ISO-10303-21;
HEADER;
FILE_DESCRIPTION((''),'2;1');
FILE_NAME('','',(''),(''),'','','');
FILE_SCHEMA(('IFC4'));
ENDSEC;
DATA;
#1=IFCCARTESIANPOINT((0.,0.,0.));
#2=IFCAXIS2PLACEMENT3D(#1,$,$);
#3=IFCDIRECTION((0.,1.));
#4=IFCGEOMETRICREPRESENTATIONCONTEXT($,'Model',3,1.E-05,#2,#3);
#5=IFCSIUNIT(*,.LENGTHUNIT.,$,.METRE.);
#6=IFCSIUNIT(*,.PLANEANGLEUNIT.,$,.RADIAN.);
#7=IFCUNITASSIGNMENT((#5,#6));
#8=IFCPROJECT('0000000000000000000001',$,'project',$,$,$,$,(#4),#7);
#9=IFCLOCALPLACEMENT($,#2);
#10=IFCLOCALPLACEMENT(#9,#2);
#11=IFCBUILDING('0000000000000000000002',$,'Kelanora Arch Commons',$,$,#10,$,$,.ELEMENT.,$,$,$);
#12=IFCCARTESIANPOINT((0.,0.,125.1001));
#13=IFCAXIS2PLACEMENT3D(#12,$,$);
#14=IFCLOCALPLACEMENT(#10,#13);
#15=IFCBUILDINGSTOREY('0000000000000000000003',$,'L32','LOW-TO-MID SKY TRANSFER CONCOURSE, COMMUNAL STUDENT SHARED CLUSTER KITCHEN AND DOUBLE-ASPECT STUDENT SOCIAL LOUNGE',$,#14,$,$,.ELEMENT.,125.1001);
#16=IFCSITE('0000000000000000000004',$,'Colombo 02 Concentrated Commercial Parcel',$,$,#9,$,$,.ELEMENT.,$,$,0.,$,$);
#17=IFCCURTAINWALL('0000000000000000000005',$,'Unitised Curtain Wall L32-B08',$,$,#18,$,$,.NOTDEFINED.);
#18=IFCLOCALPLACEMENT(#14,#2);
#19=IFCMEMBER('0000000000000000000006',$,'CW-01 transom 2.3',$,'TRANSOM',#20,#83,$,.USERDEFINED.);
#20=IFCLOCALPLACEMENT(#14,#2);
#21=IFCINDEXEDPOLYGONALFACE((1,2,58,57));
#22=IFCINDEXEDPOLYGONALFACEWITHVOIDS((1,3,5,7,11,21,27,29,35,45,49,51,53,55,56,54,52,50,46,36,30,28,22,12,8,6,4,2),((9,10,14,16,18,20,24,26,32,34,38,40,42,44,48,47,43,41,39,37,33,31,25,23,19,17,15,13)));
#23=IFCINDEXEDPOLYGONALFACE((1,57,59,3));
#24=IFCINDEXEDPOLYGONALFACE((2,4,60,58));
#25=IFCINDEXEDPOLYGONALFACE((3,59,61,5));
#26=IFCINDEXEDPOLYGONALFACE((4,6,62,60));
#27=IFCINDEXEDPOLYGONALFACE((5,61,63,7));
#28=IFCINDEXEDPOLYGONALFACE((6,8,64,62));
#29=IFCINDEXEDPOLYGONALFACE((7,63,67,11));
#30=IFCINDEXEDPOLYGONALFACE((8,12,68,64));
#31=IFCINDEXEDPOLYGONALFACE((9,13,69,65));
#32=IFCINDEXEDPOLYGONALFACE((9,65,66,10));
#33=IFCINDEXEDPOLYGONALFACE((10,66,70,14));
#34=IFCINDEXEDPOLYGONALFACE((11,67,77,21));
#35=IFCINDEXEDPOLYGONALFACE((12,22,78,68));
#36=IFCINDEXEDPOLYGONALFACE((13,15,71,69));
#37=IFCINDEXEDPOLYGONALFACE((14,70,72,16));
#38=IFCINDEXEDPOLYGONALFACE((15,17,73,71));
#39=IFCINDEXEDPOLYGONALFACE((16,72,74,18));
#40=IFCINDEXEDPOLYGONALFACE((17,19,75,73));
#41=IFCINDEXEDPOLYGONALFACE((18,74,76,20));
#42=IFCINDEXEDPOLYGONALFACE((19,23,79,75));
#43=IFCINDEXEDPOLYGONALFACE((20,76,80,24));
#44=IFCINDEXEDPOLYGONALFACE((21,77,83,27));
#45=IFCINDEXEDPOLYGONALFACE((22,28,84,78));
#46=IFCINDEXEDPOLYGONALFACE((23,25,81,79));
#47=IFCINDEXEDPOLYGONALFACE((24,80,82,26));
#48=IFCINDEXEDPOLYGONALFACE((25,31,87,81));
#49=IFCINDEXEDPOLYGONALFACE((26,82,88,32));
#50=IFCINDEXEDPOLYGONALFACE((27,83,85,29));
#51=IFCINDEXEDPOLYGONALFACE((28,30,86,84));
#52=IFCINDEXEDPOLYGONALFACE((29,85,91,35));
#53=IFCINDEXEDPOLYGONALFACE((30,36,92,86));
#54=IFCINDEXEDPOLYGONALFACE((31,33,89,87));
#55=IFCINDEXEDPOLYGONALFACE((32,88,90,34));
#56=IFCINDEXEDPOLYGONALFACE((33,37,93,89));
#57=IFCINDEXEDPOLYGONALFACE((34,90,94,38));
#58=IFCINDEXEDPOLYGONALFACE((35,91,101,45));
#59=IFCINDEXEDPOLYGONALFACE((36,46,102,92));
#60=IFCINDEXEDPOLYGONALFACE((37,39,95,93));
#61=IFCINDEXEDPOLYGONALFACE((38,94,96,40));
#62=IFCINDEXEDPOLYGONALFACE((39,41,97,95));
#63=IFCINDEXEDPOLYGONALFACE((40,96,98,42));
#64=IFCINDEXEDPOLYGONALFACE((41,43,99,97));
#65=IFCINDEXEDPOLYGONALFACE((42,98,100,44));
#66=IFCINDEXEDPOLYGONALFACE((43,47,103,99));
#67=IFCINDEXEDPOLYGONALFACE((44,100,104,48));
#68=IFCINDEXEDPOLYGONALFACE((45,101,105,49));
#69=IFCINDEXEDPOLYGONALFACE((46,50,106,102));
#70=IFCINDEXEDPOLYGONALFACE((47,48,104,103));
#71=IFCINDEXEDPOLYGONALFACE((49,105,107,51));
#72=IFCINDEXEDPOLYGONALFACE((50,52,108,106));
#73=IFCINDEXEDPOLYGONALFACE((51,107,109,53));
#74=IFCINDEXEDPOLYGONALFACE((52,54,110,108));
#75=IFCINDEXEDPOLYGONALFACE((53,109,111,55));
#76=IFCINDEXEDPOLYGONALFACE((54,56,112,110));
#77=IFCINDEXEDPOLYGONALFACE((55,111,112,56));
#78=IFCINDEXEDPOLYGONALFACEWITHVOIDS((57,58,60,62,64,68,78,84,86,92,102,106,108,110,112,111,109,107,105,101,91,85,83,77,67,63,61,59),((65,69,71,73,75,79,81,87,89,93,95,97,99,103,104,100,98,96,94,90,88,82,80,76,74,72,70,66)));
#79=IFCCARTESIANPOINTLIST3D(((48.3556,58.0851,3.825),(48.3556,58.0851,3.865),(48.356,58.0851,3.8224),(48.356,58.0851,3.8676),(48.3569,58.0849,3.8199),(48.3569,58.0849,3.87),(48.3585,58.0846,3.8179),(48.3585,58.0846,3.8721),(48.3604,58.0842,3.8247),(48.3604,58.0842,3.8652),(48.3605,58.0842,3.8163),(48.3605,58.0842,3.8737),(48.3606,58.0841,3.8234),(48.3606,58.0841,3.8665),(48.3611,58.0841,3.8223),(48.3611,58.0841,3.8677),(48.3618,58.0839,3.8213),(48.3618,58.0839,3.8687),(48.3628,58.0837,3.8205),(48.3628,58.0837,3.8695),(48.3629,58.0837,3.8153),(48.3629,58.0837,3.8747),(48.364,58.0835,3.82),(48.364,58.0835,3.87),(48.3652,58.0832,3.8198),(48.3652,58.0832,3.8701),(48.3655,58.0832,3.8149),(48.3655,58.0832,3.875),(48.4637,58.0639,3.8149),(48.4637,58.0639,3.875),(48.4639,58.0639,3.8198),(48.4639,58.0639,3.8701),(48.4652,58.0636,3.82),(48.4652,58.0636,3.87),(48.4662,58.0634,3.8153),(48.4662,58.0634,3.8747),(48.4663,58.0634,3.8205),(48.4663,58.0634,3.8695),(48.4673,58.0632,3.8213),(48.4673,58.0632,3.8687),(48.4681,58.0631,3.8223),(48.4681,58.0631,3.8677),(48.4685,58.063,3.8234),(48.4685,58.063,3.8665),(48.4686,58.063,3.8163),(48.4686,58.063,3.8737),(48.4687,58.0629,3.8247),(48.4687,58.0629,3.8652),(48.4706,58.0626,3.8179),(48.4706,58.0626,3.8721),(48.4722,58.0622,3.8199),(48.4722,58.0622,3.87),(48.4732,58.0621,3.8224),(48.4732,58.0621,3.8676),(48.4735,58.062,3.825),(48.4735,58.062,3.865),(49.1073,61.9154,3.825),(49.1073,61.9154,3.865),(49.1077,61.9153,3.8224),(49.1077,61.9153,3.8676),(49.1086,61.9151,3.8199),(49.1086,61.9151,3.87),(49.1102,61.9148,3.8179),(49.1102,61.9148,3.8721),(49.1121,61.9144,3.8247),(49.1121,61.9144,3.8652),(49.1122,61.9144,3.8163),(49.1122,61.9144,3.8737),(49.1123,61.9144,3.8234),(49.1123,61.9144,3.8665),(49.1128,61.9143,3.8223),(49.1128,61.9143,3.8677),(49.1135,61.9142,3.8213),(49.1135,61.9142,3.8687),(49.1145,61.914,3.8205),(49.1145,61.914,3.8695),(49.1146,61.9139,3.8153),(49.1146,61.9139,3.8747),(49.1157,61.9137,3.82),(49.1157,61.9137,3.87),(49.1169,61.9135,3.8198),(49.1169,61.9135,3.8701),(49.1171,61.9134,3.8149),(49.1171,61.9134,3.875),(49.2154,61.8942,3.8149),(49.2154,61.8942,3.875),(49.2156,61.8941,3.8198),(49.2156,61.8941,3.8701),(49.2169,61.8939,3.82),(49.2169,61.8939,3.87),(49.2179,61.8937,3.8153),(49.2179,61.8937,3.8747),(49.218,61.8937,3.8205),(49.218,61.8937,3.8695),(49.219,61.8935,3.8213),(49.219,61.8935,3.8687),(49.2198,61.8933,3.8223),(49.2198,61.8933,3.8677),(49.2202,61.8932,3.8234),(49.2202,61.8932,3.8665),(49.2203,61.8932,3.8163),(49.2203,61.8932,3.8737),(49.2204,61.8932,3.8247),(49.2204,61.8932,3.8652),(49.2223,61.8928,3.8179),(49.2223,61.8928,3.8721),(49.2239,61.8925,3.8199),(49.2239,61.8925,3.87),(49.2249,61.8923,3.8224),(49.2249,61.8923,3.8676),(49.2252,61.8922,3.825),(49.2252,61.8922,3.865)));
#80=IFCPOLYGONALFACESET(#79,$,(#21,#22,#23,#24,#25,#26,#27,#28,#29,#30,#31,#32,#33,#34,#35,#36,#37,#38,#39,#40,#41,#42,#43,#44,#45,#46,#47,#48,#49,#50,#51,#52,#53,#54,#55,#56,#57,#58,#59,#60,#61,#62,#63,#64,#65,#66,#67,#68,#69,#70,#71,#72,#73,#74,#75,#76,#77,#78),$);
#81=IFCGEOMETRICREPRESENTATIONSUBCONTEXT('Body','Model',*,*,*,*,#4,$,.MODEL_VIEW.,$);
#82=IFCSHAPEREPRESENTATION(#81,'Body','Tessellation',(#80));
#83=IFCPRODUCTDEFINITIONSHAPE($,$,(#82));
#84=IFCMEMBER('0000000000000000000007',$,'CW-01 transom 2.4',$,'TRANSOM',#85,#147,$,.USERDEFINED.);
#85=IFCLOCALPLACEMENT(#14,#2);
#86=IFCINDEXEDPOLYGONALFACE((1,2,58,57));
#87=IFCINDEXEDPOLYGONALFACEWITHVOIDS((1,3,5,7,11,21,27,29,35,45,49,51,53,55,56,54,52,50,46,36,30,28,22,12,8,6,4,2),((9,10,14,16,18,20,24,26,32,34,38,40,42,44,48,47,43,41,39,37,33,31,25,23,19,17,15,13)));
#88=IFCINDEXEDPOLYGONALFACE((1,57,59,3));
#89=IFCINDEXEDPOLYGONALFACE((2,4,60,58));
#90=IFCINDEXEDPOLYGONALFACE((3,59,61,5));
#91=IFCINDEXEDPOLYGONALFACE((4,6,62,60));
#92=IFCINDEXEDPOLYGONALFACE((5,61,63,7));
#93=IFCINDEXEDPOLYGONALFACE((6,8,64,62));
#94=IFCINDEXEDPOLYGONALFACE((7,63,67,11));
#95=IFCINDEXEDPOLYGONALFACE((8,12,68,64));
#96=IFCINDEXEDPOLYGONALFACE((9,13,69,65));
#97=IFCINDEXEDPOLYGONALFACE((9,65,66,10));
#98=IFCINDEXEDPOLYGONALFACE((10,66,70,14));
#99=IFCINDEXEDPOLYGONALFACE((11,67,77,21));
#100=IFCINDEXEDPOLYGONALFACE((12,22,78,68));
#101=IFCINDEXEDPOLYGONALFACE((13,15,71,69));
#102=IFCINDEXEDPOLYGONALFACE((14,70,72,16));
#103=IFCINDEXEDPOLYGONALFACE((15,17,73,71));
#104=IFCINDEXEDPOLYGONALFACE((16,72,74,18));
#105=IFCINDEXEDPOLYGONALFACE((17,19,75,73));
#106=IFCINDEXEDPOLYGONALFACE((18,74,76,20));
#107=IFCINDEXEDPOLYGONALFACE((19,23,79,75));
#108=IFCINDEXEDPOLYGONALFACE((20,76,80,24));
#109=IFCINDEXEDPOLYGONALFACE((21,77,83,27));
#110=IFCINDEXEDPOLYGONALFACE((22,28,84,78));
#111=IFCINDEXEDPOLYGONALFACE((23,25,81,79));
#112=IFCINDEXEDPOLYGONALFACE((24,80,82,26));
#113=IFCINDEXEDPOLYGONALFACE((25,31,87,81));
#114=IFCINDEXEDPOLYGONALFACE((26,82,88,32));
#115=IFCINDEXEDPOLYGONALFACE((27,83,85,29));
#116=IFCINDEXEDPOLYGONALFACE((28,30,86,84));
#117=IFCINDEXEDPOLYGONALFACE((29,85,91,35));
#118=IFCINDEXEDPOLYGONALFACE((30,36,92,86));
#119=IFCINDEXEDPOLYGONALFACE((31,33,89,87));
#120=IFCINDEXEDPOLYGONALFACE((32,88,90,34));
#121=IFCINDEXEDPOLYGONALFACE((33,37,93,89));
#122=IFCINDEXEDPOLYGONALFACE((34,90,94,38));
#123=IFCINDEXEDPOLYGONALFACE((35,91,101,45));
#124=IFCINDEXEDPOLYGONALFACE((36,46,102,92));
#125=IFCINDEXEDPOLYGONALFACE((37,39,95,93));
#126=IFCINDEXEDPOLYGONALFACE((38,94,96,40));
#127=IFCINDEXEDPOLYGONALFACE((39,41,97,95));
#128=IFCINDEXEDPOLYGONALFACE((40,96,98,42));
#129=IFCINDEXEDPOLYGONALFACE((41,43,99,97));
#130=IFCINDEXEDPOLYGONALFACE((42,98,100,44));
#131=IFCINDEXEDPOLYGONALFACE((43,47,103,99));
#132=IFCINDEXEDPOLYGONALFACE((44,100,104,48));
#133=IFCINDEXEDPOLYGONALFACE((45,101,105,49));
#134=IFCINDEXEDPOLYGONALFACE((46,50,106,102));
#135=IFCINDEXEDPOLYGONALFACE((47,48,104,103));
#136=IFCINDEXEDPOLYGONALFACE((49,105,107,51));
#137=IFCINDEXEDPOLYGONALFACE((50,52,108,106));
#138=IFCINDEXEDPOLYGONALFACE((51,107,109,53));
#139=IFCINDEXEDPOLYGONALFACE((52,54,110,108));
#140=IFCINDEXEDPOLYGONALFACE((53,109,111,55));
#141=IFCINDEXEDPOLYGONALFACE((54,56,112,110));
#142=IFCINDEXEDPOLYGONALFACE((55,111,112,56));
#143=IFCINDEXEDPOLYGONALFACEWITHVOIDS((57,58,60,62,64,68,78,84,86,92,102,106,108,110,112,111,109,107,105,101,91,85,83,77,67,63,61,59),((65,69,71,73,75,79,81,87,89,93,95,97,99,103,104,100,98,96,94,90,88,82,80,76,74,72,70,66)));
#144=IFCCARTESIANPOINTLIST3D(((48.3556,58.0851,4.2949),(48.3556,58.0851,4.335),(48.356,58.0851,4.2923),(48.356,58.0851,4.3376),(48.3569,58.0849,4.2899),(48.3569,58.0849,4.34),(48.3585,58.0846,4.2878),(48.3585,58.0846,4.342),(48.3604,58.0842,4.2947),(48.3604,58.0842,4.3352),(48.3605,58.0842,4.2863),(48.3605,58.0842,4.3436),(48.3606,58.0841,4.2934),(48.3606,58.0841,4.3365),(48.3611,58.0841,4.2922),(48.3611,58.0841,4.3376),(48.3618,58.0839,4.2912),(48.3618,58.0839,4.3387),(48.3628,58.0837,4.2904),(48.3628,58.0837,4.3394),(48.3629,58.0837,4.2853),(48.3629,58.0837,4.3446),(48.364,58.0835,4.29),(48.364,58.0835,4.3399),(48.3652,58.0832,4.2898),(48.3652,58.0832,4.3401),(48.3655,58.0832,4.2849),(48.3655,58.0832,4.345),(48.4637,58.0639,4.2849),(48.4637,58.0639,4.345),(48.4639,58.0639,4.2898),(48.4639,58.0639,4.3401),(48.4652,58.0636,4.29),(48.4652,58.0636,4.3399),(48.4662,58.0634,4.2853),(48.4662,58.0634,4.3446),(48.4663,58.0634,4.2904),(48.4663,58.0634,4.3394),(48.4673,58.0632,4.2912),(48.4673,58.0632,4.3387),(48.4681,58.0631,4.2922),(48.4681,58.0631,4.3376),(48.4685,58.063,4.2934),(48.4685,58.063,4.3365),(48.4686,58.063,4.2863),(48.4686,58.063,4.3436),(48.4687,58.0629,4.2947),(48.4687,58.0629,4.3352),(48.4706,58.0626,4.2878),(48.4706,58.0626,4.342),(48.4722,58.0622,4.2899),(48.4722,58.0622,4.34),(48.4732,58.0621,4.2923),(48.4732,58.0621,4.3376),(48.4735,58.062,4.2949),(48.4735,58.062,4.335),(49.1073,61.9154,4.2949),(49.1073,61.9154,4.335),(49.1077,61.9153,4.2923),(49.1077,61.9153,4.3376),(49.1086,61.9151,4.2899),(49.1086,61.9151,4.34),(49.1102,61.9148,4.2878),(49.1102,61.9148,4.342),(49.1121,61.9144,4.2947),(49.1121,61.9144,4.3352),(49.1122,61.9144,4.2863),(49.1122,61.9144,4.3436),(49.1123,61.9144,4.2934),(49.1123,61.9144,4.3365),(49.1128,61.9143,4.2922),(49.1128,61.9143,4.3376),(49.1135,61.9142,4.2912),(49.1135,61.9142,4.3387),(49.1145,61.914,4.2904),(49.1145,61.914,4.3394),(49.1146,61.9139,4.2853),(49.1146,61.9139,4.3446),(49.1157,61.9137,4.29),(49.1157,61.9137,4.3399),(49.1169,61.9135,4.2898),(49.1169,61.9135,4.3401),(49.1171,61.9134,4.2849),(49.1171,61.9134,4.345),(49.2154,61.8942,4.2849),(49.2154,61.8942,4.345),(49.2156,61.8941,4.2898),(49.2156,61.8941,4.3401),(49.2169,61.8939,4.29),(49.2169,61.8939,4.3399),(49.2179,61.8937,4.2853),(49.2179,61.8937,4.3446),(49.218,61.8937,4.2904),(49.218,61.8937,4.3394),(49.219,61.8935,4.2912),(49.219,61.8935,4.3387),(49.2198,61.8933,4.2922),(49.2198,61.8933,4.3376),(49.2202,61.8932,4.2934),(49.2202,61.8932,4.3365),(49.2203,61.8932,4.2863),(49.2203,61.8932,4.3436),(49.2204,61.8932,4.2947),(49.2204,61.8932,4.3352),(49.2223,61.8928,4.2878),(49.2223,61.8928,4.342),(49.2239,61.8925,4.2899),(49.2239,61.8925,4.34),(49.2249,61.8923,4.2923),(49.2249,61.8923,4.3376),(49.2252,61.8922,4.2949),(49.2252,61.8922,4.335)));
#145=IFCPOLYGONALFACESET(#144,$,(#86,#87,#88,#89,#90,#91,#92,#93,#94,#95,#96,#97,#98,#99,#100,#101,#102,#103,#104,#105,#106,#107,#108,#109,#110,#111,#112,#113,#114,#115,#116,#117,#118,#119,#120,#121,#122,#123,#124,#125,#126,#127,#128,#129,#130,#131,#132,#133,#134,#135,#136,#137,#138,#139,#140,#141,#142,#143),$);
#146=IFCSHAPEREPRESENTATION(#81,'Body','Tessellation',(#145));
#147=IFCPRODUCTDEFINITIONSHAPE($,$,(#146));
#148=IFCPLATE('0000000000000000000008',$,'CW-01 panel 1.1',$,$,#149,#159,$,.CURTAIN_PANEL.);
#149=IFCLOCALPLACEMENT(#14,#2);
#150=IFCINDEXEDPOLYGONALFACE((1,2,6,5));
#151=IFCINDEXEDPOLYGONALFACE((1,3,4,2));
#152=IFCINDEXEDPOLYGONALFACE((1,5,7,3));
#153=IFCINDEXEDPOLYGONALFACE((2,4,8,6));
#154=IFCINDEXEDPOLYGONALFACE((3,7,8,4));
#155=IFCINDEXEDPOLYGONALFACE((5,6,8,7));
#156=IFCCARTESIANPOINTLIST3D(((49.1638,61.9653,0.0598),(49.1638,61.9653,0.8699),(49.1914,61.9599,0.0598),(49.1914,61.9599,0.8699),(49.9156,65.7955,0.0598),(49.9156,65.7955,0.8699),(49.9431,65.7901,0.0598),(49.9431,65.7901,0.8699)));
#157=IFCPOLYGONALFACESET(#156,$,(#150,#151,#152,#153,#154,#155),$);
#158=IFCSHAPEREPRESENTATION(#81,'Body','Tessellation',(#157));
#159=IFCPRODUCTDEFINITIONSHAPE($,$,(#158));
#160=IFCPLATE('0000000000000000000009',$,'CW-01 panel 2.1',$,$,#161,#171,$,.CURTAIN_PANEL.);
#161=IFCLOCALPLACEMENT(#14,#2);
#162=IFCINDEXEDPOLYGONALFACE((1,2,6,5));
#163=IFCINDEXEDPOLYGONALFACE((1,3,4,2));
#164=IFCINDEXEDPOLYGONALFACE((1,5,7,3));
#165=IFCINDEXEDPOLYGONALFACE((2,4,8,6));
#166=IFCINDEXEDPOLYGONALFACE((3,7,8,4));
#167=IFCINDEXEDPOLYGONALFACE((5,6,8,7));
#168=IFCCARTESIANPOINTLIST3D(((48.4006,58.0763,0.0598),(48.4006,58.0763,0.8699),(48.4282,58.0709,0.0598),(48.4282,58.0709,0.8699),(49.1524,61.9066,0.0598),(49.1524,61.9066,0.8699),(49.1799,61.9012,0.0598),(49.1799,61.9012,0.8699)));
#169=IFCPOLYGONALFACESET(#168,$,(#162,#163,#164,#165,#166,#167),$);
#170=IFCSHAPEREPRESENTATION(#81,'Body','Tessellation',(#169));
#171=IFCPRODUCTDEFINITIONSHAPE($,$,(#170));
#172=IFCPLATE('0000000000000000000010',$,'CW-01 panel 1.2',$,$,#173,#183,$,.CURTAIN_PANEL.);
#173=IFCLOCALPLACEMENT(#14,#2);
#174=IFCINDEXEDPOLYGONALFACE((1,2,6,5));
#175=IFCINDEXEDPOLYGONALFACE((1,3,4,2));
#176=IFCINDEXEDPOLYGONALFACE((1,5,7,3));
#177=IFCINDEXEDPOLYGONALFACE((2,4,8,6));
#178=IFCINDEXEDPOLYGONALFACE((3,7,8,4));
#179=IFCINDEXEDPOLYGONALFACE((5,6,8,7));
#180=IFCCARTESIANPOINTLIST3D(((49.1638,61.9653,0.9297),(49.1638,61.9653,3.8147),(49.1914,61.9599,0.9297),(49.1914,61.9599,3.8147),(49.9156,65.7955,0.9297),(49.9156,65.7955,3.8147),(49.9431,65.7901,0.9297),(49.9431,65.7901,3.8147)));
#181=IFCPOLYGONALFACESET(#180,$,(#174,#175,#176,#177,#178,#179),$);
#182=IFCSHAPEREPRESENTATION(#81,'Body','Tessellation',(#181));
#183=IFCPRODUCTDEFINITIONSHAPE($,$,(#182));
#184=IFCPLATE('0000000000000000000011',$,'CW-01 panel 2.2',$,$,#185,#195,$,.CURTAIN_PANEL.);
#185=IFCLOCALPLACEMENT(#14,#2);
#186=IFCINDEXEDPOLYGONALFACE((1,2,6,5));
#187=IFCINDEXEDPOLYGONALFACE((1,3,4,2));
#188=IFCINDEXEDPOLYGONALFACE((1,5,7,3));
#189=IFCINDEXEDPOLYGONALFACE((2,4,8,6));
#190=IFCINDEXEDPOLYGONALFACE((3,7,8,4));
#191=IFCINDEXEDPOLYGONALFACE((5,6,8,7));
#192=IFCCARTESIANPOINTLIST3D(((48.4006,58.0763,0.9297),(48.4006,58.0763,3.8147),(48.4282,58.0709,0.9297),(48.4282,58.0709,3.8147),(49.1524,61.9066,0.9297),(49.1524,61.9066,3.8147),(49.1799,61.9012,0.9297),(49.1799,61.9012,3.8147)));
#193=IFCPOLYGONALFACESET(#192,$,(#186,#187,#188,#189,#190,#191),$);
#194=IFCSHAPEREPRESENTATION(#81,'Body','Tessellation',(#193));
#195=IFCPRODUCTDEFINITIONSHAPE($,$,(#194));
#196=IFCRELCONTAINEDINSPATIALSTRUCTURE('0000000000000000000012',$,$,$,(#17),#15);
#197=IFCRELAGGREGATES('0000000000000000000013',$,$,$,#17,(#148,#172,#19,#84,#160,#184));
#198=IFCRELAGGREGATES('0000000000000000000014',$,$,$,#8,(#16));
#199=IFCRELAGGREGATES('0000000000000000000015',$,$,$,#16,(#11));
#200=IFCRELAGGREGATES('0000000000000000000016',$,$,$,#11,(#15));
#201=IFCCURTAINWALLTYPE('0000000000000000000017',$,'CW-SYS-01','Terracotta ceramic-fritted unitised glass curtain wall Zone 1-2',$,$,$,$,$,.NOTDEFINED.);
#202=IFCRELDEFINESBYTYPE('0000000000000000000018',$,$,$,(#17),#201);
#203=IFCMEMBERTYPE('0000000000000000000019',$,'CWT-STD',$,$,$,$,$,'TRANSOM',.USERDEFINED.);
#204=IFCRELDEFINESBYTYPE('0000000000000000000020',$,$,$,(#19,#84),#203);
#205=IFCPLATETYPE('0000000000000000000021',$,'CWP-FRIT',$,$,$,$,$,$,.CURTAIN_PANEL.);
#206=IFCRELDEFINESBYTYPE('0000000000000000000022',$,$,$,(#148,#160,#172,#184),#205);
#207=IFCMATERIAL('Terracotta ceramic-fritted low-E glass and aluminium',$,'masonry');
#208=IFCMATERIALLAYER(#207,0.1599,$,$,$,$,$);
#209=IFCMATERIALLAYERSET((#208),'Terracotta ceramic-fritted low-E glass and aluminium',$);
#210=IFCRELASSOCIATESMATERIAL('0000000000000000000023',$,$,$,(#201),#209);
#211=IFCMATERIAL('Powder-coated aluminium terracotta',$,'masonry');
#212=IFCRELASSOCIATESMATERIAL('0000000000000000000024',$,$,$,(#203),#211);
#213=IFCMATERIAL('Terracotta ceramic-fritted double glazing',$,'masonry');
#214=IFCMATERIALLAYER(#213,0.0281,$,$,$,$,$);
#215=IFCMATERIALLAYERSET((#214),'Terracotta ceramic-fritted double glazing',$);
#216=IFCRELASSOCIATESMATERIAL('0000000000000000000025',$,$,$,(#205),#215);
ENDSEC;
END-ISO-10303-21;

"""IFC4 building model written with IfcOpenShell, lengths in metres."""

from ifc_helpers import new_model, si_unit, direction, frame, origin, origin_2d, place, context, subcontext, project, spatial, rectangle, hollow_rectangle, extrude, source, transform, mapped, material, layer, layer_set, material_profile, profile_set, type_object, element, aggregate, save


model = new_model("IFC4")

# Units and contexts
model_context = context("Model", 3, precision=1e-05, world=origin(), true_north=direction((0.0, 1.0)))
body_context = subcontext(model_context, "Body", "Model", "MODEL_VIEW")
ifc_project = project(units=[si_unit("LENGTHUNIT", "METRE"), si_unit("PLANEANGLEUNIT", "RADIAN")], contexts=[model_context])

# Site, building, storey
site_placement = place(None, origin())
site = spatial("IfcSite", under=ifc_project, at=site_placement, Name="Colombo 02 Concentrated Commercial Parcel", CompositionType="ELEMENT", RefElevation=0.0)
building_placement = place(site_placement, origin())
building = spatial("IfcBuilding", under=site, at=building_placement, Name="Kelanora Arch Commons", CompositionType="ELEMENT")
storey_placement = place(building_placement, frame((0.0, 0.0, 125.1001)))
storey = spatial("IfcBuildingStorey", under=building, at=storey_placement, Name="L32", Description="LOW-TO-MID SKY TRANSFER CONCOURSE, COMMUNAL STUDENT SHARED CLUSTER KITCHEN AND DOUBLE-ASPECT STUDENT SOCIAL LOUNGE", CompositionType="ELEMENT", Elevation=125.1001)

# Curtain wall, members, plates
ifc_material_1 = material(Name="Terracotta ceramic-fritted low-E glass and aluminium", Category="masonry")
ifc_layer_1 = layer(ifc_material_1, 0.1599)
ifc_layer_set_1 = layer_set([ifc_layer_1], Name="Terracotta ceramic-fritted low-E glass and aluminium")
curtain_wall_type = type_object("IfcCurtainWallType", Name="CW-SYS-01", Description="Terracotta ceramic-fritted unitised glass curtain wall Zone 1-2", PredefinedType="NOTDEFINED", material=ifc_layer_set_1)
curtain_wall_placement = place(storey_placement, origin())
curtain_wall = element("IfcCurtainWall", 1, at=curtain_wall_placement, inside=storey, type_object=curtain_wall_type, Name="Unitised Curtain Wall L32-B08", PredefinedType="NOTDEFINED")
ifc_material_2 = material(Name="Powder-coated aluminium terracotta", Category="masonry")
ifc_material_profile_1 = material_profile(ifc_material_2, hollow_rectangle(XDim=0.1201, YDim=0.0601, WallThickness=0.0049, InnerFilletRadius=0.0049, OuterFilletRadius=0.01, at=origin_2d()), Name="CWT120x60")
ifc_profile_set_1 = profile_set([ifc_material_profile_1], Name="Powder-coated aluminium terracotta")
member_type_1 = type_object("IfcMemberType", Name="CWT-STD", ElementType="TRANSOM", PredefinedType="USERDEFINED", material=ifc_profile_set_1)
member_1_placement = place(storey_placement, frame((49.1663, 61.9038, 3.845), z_axis=(-0.192579, -0.981282, 0.0), x_axis=(0.981282, -0.192579, 0.0)))
member_1 = element("IfcMember", 2, at=member_1_placement, type_object=member_type_1, Name="CW-01 transom 2.3", ObjectType="TRANSOM", PredefinedType="USERDEFINED", context=body_context, shape_type="SweptSolid", body=[
    extrude(hollow_rectangle(XDim=0.1201, YDim=0.0601, WallThickness=0.0049, InnerFilletRadius=0.0049, OuterFilletRadius=0.01, at=origin_2d()), origin(), (0.0, 0.0, 1.0), 3.9033),
])
member_2_placement = place(storey_placement, frame((49.1663, 61.9038, 4.3149), z_axis=(-0.192579, -0.981282, 0.0), x_axis=(0.981282, -0.192579, 0.0)))
member_2 = element("IfcMember", 3, at=member_2_placement, type_object=member_type_1, Name="CW-01 transom 2.4", ObjectType="TRANSOM", PredefinedType="USERDEFINED", context=body_context, shape_type="SweptSolid", body=[
    extrude(hollow_rectangle(XDim=0.1201, YDim=0.0601, WallThickness=0.0049, InnerFilletRadius=0.0049, OuterFilletRadius=0.01, at=origin_2d()), origin(), (0.0, 0.0, 1.0), 3.9033),
])
ifc_material_3 = material(Name="Terracotta ceramic-fritted double glazing", Category="masonry")
ifc_layer_2 = layer(ifc_material_3, 0.0281)
ifc_layer_set_2 = layer_set([ifc_layer_2], Name="Terracotta ceramic-fritted double glazing")
plate_type = type_object("IfcPlateType", Name="CWP-FRIT", PredefinedType="CURTAIN_PANEL", material=ifc_layer_set_2)
shared_shape_1 = source(origin(), body_context, "Body", "SweptSolid", [
    extrude(rectangle(XDim=3.9033, YDim=0.0281, at=origin_2d()), origin(), (0.0, 0.0, 1.0), 0.8101),
])
plate_1_placement = place(storey_placement, frame((49.5535, 63.8777, 0.0598), z_axis=(0.0, 0.0, 1.0), x_axis=(-0.192585, -0.98128, 0.0)))
plate_1 = element("IfcPlate", 4, at=plate_1_placement, type_object=plate_type, Name="CW-01 panel 1.1", PredefinedType="CURTAIN_PANEL", context=body_context, shape_type="MappedRepresentation", body=[
    mapped(shared_shape_1, transform((0.0, 0.0, 0.0), scale=1.0)),
])
plate_2_placement = place(storey_placement, frame((48.7903, 59.9888, 0.0598), z_axis=(0.0, 0.0, 1.0), x_axis=(-0.192585, -0.98128, 0.0)))
plate_2 = element("IfcPlate", 5, at=plate_2_placement, type_object=plate_type, Name="CW-01 panel 2.1", PredefinedType="CURTAIN_PANEL", context=body_context, shape_type="MappedRepresentation", body=[
    mapped(shared_shape_1, transform((0.0, 0.0, 0.0), scale=1.0)),
])
shared_shape_2 = source(origin(), body_context, "Body", "SweptSolid", [
    extrude(rectangle(XDim=3.9033, YDim=0.0281, at=origin_2d()), origin(), (0.0, 0.0, 1.0), 2.885),
])
plate_3_placement = place(storey_placement, frame((49.5535, 63.8777, 0.9297), z_axis=(0.0, 0.0, 1.0), x_axis=(-0.192585, -0.98128, 0.0)))
plate_3 = element("IfcPlate", 6, at=plate_3_placement, type_object=plate_type, Name="CW-01 panel 1.2", PredefinedType="CURTAIN_PANEL", context=body_context, shape_type="MappedRepresentation", body=[
    mapped(shared_shape_2, transform((0.0, 0.0, 0.0), scale=1.0)),
])
plate_4_placement = place(storey_placement, frame((48.7903, 59.9888, 0.9297), z_axis=(0.0, 0.0, 1.0), x_axis=(-0.192585, -0.98128, 0.0)))
plate_4 = element("IfcPlate", 7, at=plate_4_placement, type_object=plate_type, Name="CW-01 panel 2.2", PredefinedType="CURTAIN_PANEL", context=body_context, shape_type="MappedRepresentation", body=[
    mapped(shared_shape_2, transform((0.0, 0.0, 0.0), scale=1.0)),
])
aggregate(curtain_wall, [plate_1, plate_3, member_1, member_2, plate_2, plate_4])

save(model, "model.ifc")
